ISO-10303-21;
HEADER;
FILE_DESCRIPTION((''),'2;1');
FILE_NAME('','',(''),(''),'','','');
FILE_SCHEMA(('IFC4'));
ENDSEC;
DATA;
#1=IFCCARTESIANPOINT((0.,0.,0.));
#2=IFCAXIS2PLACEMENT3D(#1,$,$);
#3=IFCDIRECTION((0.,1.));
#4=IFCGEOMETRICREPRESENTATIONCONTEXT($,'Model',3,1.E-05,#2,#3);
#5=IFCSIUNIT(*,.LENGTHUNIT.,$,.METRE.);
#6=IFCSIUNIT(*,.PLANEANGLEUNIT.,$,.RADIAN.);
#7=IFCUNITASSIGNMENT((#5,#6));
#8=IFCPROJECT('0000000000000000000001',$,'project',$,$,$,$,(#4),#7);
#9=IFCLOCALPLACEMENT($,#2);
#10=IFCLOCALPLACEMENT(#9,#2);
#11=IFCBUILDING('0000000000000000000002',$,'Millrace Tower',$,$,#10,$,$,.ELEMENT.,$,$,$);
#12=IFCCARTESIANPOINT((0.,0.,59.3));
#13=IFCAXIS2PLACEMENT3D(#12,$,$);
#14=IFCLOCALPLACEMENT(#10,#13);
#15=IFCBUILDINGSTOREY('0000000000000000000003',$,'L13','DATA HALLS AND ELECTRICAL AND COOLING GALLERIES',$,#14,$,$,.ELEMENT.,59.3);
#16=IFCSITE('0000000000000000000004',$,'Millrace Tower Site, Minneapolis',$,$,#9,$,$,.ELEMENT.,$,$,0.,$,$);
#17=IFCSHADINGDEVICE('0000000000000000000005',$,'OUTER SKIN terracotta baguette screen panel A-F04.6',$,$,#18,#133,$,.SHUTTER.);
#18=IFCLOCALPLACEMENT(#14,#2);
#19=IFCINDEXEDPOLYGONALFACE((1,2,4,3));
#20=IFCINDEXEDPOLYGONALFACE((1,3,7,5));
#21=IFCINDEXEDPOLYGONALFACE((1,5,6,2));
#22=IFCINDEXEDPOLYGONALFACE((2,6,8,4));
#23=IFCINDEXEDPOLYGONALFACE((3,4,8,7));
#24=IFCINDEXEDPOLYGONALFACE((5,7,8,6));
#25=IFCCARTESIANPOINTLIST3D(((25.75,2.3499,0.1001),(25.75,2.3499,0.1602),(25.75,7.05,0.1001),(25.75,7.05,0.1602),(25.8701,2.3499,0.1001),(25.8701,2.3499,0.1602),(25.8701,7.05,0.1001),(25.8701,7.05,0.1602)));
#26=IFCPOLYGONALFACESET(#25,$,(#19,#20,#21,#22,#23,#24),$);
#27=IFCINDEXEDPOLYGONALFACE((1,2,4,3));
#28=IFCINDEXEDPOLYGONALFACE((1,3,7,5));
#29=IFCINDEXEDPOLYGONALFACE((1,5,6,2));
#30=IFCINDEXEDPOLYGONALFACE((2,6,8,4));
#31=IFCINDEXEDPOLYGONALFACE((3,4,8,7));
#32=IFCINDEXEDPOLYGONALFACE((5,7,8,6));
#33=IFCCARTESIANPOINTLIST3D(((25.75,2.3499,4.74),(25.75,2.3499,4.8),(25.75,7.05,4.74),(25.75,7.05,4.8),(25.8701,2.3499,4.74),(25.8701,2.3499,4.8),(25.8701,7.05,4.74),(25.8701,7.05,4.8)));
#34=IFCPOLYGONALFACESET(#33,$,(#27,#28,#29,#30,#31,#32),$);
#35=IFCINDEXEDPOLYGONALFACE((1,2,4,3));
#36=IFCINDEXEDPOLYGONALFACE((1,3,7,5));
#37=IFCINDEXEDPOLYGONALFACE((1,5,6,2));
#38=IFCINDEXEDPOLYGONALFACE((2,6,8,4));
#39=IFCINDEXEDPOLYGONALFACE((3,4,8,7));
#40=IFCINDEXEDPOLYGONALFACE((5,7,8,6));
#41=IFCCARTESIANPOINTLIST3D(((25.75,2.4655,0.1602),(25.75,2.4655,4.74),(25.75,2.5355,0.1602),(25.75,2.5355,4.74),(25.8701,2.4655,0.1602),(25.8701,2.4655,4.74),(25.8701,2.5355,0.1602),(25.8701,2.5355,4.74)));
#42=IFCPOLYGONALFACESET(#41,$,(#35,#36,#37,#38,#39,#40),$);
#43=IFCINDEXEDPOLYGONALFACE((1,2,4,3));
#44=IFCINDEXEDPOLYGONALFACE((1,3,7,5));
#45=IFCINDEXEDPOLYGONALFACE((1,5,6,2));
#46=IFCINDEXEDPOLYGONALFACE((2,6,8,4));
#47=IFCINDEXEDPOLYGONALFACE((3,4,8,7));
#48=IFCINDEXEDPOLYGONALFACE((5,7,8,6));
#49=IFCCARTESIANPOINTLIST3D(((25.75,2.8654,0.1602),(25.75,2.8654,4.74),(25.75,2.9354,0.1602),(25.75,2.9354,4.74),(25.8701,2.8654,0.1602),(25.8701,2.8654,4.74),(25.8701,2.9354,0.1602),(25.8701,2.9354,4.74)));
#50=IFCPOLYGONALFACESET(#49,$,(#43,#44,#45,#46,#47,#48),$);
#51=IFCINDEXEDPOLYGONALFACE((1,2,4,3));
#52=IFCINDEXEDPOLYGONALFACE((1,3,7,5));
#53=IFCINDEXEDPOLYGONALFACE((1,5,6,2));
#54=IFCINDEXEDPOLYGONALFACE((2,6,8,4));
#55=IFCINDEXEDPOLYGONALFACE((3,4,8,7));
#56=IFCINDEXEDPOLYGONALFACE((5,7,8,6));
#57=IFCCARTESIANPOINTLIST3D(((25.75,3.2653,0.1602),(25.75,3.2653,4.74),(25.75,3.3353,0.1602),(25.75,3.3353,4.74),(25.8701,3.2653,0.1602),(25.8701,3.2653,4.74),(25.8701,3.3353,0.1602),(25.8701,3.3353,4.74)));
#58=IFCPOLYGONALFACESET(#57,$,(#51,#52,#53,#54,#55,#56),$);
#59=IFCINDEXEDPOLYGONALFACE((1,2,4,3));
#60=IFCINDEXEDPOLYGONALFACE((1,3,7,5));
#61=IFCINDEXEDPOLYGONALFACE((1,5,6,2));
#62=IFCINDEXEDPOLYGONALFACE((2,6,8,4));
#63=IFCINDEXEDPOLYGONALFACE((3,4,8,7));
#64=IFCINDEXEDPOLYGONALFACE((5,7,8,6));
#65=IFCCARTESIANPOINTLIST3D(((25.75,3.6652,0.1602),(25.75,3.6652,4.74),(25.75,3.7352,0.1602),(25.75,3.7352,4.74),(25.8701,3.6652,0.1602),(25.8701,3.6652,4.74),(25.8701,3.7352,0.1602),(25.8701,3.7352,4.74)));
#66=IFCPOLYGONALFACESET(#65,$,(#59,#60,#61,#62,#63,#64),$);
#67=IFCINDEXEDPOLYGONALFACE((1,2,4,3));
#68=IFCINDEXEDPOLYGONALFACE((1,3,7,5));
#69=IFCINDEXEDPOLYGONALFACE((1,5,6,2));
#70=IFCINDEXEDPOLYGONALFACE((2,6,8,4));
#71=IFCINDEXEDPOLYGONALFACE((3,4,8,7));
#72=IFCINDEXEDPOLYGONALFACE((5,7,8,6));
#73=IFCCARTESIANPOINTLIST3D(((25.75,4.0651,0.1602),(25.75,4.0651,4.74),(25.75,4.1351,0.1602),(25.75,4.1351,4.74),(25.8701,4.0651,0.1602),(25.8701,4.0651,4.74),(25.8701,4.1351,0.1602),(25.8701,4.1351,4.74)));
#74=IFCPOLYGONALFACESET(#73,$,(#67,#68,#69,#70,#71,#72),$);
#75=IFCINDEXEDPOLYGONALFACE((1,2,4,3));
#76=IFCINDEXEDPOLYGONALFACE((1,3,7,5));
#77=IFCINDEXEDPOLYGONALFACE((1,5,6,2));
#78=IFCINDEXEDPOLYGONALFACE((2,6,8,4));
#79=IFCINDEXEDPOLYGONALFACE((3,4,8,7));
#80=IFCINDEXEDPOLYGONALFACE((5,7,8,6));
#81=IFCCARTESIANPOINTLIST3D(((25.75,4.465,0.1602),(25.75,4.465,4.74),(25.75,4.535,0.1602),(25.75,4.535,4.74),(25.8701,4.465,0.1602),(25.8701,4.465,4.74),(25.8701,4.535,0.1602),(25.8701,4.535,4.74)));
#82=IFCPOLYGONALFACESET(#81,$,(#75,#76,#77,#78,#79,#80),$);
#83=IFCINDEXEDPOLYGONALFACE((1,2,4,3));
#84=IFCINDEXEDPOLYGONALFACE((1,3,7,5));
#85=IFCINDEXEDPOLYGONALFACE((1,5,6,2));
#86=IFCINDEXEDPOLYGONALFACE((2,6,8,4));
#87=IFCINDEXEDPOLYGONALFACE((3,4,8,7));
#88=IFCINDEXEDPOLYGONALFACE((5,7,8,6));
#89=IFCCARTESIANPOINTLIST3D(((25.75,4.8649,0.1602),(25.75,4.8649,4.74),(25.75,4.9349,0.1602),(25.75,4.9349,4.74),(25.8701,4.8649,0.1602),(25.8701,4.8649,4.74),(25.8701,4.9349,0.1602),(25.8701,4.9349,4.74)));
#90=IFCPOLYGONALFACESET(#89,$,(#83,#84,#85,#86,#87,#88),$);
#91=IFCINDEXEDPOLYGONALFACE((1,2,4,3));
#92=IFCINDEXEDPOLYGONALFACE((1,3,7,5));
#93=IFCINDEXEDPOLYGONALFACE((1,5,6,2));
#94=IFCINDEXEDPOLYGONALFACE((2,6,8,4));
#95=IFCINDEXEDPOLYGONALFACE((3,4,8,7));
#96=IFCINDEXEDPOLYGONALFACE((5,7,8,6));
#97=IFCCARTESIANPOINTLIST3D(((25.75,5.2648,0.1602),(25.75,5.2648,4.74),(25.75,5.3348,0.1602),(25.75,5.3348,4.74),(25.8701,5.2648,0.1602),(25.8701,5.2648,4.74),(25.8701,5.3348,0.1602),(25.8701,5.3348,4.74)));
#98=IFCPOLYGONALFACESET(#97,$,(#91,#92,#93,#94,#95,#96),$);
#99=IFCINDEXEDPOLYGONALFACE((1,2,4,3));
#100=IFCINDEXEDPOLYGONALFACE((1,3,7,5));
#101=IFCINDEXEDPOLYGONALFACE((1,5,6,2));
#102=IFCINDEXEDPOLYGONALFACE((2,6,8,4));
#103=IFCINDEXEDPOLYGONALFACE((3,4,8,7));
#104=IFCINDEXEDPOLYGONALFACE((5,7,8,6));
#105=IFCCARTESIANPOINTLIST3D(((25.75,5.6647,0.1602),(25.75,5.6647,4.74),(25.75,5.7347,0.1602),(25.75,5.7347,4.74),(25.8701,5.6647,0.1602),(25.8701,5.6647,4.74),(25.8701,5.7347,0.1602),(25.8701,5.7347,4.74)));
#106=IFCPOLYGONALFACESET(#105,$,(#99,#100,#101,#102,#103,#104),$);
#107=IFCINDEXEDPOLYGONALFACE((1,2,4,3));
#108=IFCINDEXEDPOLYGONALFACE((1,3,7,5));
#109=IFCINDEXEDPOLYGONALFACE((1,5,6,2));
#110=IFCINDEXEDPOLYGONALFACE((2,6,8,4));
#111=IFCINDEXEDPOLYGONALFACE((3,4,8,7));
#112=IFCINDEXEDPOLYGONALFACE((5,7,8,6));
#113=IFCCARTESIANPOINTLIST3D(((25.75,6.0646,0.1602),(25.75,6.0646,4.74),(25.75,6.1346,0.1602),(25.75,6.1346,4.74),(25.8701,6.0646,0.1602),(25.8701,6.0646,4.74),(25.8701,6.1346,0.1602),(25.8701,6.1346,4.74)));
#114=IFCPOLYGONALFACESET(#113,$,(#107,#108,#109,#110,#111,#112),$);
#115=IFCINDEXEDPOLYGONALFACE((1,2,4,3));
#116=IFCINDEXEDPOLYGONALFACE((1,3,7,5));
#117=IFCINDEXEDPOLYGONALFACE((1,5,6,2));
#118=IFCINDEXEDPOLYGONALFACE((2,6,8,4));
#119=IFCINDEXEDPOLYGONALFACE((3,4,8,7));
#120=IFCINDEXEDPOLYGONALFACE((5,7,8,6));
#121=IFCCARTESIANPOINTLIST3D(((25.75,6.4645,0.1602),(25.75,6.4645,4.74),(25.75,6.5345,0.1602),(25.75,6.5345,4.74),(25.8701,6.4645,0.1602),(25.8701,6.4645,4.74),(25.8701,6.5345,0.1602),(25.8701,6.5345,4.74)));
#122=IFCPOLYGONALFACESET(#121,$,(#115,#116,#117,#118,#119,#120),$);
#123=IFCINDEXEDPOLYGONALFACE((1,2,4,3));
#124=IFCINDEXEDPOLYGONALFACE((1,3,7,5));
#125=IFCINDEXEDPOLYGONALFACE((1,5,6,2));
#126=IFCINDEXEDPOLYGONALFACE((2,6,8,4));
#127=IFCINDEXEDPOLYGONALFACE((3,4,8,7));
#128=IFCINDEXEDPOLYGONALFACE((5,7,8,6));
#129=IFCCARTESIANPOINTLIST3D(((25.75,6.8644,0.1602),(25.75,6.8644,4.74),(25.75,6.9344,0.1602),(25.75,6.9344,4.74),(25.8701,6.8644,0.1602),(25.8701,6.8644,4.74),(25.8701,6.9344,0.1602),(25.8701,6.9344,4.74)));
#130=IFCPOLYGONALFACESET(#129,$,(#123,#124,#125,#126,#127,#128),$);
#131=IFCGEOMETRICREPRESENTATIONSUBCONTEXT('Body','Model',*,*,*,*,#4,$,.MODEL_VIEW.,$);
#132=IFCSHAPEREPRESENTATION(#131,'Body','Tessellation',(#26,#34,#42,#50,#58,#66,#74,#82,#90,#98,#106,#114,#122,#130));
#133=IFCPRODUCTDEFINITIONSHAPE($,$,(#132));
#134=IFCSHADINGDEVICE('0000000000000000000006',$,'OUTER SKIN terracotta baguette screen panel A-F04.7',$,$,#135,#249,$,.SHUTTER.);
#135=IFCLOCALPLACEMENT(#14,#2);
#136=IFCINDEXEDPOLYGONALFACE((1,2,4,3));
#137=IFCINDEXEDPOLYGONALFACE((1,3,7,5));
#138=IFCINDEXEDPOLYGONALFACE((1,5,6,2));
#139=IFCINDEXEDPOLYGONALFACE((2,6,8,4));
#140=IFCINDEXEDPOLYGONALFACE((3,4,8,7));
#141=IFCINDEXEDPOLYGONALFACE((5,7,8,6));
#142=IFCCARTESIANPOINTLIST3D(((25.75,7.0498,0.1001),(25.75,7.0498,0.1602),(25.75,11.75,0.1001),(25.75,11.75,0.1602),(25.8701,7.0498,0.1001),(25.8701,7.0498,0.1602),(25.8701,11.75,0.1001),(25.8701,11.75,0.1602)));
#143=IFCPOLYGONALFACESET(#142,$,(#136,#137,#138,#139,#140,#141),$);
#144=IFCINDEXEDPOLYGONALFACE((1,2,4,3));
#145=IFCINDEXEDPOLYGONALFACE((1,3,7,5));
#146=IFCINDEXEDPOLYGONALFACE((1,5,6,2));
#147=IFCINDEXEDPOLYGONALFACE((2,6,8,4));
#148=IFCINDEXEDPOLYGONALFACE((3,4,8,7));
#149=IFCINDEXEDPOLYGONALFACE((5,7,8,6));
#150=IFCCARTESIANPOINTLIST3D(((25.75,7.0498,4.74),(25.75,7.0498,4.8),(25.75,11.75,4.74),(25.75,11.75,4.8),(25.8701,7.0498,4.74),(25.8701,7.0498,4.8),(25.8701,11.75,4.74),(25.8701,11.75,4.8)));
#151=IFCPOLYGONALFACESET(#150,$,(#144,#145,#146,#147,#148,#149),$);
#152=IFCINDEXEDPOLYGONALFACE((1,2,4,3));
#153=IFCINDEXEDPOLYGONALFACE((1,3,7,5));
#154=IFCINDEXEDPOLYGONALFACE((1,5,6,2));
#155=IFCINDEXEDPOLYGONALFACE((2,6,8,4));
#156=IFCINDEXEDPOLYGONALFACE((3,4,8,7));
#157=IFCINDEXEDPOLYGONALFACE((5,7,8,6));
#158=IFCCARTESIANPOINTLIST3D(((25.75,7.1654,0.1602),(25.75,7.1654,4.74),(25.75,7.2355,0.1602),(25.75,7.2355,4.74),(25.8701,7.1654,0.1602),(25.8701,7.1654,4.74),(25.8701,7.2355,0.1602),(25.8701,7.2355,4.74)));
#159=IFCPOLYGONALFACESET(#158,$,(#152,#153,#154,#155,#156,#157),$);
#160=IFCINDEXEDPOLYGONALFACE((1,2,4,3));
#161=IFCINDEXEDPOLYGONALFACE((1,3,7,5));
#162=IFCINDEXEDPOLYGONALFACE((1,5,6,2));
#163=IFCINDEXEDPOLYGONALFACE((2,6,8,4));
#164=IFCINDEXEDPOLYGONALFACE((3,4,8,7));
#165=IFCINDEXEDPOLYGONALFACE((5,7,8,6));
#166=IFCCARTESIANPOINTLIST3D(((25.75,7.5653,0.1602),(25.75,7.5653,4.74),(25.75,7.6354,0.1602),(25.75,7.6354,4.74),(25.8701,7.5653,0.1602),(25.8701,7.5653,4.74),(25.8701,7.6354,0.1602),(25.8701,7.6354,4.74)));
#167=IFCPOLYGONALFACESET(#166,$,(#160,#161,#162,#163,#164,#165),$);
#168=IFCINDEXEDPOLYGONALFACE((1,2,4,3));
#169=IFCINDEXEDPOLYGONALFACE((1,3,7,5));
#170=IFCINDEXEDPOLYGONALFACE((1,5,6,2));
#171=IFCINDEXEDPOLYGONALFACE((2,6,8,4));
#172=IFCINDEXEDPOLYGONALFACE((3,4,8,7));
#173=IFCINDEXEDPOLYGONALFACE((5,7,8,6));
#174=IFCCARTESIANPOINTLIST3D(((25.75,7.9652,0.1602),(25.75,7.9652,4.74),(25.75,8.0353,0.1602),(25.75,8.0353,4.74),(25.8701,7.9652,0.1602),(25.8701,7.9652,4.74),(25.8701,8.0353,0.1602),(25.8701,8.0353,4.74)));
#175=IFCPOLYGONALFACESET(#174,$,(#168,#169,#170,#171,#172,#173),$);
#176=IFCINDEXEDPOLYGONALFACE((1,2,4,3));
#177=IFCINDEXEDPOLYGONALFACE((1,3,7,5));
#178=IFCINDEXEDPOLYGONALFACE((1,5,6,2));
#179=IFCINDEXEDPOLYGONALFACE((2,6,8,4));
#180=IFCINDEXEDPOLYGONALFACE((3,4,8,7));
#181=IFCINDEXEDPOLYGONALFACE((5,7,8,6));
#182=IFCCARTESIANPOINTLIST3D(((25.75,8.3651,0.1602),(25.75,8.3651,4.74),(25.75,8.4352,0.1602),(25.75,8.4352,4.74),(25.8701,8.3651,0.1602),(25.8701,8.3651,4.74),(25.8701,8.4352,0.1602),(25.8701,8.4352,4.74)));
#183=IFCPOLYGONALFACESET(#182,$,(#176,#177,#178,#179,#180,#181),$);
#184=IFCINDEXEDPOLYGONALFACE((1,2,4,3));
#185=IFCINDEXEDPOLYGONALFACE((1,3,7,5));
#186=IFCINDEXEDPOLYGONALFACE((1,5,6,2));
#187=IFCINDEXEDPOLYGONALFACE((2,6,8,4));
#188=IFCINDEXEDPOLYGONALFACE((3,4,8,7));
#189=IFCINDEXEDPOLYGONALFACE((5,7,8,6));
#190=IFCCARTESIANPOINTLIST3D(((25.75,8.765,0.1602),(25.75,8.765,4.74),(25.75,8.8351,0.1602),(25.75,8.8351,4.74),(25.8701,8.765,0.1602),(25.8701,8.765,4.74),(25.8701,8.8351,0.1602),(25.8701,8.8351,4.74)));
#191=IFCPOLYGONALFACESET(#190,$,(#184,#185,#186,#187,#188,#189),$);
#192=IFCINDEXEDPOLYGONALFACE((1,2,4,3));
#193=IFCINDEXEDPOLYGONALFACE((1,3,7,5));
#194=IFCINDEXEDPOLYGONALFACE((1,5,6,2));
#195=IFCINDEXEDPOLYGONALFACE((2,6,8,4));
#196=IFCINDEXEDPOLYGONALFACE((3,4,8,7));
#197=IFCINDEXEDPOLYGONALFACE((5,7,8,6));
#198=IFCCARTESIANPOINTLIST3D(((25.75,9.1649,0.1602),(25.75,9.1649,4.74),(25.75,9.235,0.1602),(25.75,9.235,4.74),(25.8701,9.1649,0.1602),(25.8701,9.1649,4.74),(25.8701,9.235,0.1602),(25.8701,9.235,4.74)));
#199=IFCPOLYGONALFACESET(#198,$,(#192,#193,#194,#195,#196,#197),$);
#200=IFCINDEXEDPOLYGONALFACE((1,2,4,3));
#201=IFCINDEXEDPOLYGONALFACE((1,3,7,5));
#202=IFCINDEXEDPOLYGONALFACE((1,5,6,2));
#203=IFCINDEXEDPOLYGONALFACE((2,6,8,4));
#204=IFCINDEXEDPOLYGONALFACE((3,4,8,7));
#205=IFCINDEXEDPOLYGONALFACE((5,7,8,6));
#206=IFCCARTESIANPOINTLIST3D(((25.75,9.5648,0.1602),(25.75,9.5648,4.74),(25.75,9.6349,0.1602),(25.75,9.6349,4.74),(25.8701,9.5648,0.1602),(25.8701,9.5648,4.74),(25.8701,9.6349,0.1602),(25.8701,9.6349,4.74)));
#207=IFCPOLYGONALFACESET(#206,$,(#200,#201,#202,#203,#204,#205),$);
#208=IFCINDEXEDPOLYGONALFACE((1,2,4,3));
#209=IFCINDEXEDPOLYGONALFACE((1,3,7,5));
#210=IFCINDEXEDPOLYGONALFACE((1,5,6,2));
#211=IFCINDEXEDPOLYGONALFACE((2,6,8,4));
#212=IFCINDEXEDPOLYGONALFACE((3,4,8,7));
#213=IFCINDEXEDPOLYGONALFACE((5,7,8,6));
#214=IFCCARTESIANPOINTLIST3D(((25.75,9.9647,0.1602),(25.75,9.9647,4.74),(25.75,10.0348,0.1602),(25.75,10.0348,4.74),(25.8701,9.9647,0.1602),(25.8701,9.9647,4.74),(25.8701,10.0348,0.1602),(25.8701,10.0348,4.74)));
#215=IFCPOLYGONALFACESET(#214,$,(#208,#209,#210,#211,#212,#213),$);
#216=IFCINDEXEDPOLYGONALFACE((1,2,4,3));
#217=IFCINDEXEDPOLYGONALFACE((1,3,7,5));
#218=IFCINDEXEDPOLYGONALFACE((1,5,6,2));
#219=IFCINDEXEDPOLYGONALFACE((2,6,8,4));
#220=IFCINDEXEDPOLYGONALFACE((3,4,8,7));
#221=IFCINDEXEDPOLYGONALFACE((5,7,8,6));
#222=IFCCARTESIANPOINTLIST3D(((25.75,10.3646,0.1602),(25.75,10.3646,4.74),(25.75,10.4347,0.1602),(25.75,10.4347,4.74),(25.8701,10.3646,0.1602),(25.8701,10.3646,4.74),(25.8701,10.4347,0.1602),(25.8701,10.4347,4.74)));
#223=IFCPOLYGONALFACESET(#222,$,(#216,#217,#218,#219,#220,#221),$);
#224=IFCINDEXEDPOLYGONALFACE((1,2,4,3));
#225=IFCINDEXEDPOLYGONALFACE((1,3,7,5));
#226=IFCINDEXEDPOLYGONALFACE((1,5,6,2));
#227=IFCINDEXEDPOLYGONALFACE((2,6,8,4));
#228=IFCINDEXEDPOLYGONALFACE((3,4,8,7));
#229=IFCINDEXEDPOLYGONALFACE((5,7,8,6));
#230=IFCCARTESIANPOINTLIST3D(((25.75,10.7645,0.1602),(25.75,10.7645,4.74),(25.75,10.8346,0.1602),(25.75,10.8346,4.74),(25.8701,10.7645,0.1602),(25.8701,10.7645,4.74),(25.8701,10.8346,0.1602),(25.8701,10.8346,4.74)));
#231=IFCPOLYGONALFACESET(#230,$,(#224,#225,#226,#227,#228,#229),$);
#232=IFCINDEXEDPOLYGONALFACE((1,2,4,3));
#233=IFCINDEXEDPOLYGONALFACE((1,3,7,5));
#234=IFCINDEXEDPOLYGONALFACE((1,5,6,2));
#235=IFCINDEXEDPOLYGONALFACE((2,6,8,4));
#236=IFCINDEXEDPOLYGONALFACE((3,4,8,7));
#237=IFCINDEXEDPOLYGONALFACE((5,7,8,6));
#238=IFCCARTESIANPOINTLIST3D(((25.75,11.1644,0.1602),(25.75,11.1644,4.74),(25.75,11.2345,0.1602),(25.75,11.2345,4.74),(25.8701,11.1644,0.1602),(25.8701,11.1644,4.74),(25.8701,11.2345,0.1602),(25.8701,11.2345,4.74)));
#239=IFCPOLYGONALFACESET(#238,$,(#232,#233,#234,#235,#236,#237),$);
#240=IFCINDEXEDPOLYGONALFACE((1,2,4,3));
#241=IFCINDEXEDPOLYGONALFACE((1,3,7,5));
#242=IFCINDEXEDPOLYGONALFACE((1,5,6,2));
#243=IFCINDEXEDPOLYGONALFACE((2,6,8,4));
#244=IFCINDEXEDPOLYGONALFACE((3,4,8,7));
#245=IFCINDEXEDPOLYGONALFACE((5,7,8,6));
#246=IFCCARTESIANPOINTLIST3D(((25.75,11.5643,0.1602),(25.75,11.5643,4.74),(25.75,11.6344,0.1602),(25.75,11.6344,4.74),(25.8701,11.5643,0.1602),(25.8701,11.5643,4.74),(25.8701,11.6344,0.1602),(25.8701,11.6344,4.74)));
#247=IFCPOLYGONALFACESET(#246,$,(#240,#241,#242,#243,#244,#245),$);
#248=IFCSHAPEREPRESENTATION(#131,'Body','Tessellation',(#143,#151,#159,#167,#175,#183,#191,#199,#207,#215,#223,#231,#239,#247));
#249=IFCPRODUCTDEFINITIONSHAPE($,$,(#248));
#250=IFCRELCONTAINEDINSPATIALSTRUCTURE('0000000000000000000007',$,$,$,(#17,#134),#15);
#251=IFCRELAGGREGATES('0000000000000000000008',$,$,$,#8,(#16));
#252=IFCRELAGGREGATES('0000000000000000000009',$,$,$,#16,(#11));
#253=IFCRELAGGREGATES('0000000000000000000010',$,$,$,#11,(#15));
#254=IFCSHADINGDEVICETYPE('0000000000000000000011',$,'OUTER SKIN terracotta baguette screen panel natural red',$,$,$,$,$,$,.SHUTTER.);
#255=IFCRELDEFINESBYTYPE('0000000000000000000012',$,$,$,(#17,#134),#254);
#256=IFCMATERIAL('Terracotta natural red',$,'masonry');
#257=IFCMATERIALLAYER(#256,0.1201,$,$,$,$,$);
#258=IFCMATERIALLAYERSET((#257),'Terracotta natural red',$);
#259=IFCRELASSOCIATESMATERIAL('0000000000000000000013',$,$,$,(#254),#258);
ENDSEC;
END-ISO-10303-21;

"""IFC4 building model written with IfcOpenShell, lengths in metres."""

from ifc_helpers import new_model, entity, si_unit, direction, frame, frame_2d, origin, place, context, subcontext, project, spatial, rectangle, extrude, source, transform, mapped, material, layer, layer_set, type_object, element, save


model = new_model("IFC4")

# Units and contexts
model_context = context("Model", 3, precision=1e-05, world=origin(), true_north=direction((0.0, 1.0)))
body_context = subcontext(model_context, "Body", "Model", "MODEL_VIEW")
ifc_project = project(units=[si_unit("LENGTHUNIT", "METRE"), si_unit("PLANEANGLEUNIT", "RADIAN")], contexts=[model_context])

# Site, building, storey
site_placement = place(None, origin())
site = spatial("IfcSite", under=ifc_project, at=site_placement, Name="Millrace Tower Site, Minneapolis", CompositionType="ELEMENT", RefElevation=0.0)
building_placement = place(site_placement, origin())
building = spatial("IfcBuilding", under=site, at=building_placement, Name="Millrace Tower", CompositionType="ELEMENT")
storey_placement = place(building_placement, frame((0.0, 0.0, 59.3)))
storey = spatial("IfcBuildingStorey", under=building, at=storey_placement, Name="L13", Description="DATA HALLS AND ELECTRICAL AND COOLING GALLERIES", CompositionType="ELEMENT", Elevation=59.3)

# Shading devices
cartesian_point = entity("IfcCartesianPoint", [-2.3501, 0.0601])
shared_polyline = entity("IfcPolyline", [cartesian_point, entity("IfcCartesianPoint", [2.3501, 0.0601]), entity("IfcCartesianPoint", [2.3501, -0.0601]), entity("IfcCartesianPoint", [-2.3501, -0.0601]), cartesian_point])
ifc_material_1 = material(Name="Terracotta natural red", Category="masonry")
ifc_layer_1 = layer(ifc_material_1, 0.1201)
ifc_layer_set_1 = layer_set([ifc_layer_1], Name="Terracotta natural red")
shading_device_type_1 = type_object("IfcShadingDeviceType", Name="OUTER SKIN terracotta baguette screen panel natural red", PredefinedType="SHUTTER", material=ifc_layer_set_1)
shared_shape_1 = source(origin(), body_context, "Body", "SweptSolid", [
    entity("IfcExtrudedAreaSolid", entity("IfcArbitraryClosedProfileDef", "AREA", None, shared_polyline), entity("IfcAxis2Placement3D", entity("IfcCartesianPoint", [0.0, 0.0, 0.0])), entity("IfcDirection", [0.0, 0.0, 1.0]), 0.0601),
    entity("IfcExtrudedAreaSolid", entity("IfcArbitraryClosedProfileDef", "AREA", None, shared_polyline), entity("IfcAxis2Placement3D", entity("IfcCartesianPoint", [0.0, 0.0, 4.6399])), entity("IfcDirection", [0.0, 0.0, 1.0]), 0.0601),
    extrude(rectangle(XDim=0.0701, YDim=0.1201, at=frame_2d((-2.1995, 0.0))), frame((0.0, 0.0, 0.0601)), (0.0, 0.0, 1.0), 4.5798),
    extrude(rectangle(XDim=0.0701, YDim=0.1201, at=frame_2d((-1.7996, 0.0))), frame((0.0, 0.0, 0.0601)), (0.0, 0.0, 1.0), 4.5798),
    extrude(rectangle(XDim=0.0701, YDim=0.1201, at=frame_2d((-1.3997, 0.0))), frame((0.0, 0.0, 0.0601)), (0.0, 0.0, 1.0), 4.5798),
    extrude(rectangle(XDim=0.0701, YDim=0.1201, at=frame_2d((-0.9998, 0.0))), frame((0.0, 0.0, 0.0601)), (0.0, 0.0, 1.0), 4.5798),
    extrude(rectangle(XDim=0.0701, YDim=0.1201, at=frame_2d((-0.5999, 0.0))), frame((0.0, 0.0, 0.0601)), (0.0, 0.0, 1.0), 4.5798),
    extrude(rectangle(XDim=0.0701, YDim=0.1201, at=frame_2d((-0.2, 0.0))), frame((0.0, 0.0, 0.0601)), (0.0, 0.0, 1.0), 4.5798),
    extrude(rectangle(XDim=0.0701, YDim=0.1201, at=frame_2d((0.2, 0.0))), frame((0.0, 0.0, 0.0601)), (0.0, 0.0, 1.0), 4.5798),
    extrude(rectangle(XDim=0.0701, YDim=0.1201, at=frame_2d((0.5999, 0.0))), frame((0.0, 0.0, 0.0601)), (0.0, 0.0, 1.0), 4.5798),
    extrude(rectangle(XDim=0.0701, YDim=0.1201, at=frame_2d((0.9998, 0.0))), frame((0.0, 0.0, 0.0601)), (0.0, 0.0, 1.0), 4.5798),
    extrude(rectangle(XDim=0.0701, YDim=0.1201, at=frame_2d((1.3997, 0.0))), frame((0.0, 0.0, 0.0601)), (0.0, 0.0, 1.0), 4.5798),
    extrude(rectangle(XDim=0.0701, YDim=0.1201, at=frame_2d((1.7996, 0.0))), frame((0.0, 0.0, 0.0601)), (0.0, 0.0, 1.0), 4.5798),
    extrude(rectangle(XDim=0.0701, YDim=0.1201, at=frame_2d((2.1995, 0.0))), frame((0.0, 0.0, 0.0601)), (0.0, 0.0, 1.0), 4.5798),
])
for number, where, z_axis, x_axis, name in (
    (1, (25.8101, 4.7, 0.1001), (0.0, 0.0, 1.0), (0.0, 1.0, 0.0), "OUTER SKIN terracotta baguette screen panel A-F04.6"),
    (2, (25.8101, 9.3999, 0.1001), (0.0, 0.0, 1.0), (0.0, 1.0, 0.0), "OUTER SKIN terracotta baguette screen panel A-F04.7"),
):
    element("IfcShadingDevice", number, at=place(storey_placement, frame(where, z_axis=z_axis, x_axis=x_axis)), inside=storey, type_object=shading_device_type_1, Name=name, PredefinedType="SHUTTER", context=body_context, shape_type="MappedRepresentation", body=[
        mapped(shared_shape_1, transform((0.0, 0.0, 0.0), scale=1.0)),
    ])

save(model, "model.ifc")
